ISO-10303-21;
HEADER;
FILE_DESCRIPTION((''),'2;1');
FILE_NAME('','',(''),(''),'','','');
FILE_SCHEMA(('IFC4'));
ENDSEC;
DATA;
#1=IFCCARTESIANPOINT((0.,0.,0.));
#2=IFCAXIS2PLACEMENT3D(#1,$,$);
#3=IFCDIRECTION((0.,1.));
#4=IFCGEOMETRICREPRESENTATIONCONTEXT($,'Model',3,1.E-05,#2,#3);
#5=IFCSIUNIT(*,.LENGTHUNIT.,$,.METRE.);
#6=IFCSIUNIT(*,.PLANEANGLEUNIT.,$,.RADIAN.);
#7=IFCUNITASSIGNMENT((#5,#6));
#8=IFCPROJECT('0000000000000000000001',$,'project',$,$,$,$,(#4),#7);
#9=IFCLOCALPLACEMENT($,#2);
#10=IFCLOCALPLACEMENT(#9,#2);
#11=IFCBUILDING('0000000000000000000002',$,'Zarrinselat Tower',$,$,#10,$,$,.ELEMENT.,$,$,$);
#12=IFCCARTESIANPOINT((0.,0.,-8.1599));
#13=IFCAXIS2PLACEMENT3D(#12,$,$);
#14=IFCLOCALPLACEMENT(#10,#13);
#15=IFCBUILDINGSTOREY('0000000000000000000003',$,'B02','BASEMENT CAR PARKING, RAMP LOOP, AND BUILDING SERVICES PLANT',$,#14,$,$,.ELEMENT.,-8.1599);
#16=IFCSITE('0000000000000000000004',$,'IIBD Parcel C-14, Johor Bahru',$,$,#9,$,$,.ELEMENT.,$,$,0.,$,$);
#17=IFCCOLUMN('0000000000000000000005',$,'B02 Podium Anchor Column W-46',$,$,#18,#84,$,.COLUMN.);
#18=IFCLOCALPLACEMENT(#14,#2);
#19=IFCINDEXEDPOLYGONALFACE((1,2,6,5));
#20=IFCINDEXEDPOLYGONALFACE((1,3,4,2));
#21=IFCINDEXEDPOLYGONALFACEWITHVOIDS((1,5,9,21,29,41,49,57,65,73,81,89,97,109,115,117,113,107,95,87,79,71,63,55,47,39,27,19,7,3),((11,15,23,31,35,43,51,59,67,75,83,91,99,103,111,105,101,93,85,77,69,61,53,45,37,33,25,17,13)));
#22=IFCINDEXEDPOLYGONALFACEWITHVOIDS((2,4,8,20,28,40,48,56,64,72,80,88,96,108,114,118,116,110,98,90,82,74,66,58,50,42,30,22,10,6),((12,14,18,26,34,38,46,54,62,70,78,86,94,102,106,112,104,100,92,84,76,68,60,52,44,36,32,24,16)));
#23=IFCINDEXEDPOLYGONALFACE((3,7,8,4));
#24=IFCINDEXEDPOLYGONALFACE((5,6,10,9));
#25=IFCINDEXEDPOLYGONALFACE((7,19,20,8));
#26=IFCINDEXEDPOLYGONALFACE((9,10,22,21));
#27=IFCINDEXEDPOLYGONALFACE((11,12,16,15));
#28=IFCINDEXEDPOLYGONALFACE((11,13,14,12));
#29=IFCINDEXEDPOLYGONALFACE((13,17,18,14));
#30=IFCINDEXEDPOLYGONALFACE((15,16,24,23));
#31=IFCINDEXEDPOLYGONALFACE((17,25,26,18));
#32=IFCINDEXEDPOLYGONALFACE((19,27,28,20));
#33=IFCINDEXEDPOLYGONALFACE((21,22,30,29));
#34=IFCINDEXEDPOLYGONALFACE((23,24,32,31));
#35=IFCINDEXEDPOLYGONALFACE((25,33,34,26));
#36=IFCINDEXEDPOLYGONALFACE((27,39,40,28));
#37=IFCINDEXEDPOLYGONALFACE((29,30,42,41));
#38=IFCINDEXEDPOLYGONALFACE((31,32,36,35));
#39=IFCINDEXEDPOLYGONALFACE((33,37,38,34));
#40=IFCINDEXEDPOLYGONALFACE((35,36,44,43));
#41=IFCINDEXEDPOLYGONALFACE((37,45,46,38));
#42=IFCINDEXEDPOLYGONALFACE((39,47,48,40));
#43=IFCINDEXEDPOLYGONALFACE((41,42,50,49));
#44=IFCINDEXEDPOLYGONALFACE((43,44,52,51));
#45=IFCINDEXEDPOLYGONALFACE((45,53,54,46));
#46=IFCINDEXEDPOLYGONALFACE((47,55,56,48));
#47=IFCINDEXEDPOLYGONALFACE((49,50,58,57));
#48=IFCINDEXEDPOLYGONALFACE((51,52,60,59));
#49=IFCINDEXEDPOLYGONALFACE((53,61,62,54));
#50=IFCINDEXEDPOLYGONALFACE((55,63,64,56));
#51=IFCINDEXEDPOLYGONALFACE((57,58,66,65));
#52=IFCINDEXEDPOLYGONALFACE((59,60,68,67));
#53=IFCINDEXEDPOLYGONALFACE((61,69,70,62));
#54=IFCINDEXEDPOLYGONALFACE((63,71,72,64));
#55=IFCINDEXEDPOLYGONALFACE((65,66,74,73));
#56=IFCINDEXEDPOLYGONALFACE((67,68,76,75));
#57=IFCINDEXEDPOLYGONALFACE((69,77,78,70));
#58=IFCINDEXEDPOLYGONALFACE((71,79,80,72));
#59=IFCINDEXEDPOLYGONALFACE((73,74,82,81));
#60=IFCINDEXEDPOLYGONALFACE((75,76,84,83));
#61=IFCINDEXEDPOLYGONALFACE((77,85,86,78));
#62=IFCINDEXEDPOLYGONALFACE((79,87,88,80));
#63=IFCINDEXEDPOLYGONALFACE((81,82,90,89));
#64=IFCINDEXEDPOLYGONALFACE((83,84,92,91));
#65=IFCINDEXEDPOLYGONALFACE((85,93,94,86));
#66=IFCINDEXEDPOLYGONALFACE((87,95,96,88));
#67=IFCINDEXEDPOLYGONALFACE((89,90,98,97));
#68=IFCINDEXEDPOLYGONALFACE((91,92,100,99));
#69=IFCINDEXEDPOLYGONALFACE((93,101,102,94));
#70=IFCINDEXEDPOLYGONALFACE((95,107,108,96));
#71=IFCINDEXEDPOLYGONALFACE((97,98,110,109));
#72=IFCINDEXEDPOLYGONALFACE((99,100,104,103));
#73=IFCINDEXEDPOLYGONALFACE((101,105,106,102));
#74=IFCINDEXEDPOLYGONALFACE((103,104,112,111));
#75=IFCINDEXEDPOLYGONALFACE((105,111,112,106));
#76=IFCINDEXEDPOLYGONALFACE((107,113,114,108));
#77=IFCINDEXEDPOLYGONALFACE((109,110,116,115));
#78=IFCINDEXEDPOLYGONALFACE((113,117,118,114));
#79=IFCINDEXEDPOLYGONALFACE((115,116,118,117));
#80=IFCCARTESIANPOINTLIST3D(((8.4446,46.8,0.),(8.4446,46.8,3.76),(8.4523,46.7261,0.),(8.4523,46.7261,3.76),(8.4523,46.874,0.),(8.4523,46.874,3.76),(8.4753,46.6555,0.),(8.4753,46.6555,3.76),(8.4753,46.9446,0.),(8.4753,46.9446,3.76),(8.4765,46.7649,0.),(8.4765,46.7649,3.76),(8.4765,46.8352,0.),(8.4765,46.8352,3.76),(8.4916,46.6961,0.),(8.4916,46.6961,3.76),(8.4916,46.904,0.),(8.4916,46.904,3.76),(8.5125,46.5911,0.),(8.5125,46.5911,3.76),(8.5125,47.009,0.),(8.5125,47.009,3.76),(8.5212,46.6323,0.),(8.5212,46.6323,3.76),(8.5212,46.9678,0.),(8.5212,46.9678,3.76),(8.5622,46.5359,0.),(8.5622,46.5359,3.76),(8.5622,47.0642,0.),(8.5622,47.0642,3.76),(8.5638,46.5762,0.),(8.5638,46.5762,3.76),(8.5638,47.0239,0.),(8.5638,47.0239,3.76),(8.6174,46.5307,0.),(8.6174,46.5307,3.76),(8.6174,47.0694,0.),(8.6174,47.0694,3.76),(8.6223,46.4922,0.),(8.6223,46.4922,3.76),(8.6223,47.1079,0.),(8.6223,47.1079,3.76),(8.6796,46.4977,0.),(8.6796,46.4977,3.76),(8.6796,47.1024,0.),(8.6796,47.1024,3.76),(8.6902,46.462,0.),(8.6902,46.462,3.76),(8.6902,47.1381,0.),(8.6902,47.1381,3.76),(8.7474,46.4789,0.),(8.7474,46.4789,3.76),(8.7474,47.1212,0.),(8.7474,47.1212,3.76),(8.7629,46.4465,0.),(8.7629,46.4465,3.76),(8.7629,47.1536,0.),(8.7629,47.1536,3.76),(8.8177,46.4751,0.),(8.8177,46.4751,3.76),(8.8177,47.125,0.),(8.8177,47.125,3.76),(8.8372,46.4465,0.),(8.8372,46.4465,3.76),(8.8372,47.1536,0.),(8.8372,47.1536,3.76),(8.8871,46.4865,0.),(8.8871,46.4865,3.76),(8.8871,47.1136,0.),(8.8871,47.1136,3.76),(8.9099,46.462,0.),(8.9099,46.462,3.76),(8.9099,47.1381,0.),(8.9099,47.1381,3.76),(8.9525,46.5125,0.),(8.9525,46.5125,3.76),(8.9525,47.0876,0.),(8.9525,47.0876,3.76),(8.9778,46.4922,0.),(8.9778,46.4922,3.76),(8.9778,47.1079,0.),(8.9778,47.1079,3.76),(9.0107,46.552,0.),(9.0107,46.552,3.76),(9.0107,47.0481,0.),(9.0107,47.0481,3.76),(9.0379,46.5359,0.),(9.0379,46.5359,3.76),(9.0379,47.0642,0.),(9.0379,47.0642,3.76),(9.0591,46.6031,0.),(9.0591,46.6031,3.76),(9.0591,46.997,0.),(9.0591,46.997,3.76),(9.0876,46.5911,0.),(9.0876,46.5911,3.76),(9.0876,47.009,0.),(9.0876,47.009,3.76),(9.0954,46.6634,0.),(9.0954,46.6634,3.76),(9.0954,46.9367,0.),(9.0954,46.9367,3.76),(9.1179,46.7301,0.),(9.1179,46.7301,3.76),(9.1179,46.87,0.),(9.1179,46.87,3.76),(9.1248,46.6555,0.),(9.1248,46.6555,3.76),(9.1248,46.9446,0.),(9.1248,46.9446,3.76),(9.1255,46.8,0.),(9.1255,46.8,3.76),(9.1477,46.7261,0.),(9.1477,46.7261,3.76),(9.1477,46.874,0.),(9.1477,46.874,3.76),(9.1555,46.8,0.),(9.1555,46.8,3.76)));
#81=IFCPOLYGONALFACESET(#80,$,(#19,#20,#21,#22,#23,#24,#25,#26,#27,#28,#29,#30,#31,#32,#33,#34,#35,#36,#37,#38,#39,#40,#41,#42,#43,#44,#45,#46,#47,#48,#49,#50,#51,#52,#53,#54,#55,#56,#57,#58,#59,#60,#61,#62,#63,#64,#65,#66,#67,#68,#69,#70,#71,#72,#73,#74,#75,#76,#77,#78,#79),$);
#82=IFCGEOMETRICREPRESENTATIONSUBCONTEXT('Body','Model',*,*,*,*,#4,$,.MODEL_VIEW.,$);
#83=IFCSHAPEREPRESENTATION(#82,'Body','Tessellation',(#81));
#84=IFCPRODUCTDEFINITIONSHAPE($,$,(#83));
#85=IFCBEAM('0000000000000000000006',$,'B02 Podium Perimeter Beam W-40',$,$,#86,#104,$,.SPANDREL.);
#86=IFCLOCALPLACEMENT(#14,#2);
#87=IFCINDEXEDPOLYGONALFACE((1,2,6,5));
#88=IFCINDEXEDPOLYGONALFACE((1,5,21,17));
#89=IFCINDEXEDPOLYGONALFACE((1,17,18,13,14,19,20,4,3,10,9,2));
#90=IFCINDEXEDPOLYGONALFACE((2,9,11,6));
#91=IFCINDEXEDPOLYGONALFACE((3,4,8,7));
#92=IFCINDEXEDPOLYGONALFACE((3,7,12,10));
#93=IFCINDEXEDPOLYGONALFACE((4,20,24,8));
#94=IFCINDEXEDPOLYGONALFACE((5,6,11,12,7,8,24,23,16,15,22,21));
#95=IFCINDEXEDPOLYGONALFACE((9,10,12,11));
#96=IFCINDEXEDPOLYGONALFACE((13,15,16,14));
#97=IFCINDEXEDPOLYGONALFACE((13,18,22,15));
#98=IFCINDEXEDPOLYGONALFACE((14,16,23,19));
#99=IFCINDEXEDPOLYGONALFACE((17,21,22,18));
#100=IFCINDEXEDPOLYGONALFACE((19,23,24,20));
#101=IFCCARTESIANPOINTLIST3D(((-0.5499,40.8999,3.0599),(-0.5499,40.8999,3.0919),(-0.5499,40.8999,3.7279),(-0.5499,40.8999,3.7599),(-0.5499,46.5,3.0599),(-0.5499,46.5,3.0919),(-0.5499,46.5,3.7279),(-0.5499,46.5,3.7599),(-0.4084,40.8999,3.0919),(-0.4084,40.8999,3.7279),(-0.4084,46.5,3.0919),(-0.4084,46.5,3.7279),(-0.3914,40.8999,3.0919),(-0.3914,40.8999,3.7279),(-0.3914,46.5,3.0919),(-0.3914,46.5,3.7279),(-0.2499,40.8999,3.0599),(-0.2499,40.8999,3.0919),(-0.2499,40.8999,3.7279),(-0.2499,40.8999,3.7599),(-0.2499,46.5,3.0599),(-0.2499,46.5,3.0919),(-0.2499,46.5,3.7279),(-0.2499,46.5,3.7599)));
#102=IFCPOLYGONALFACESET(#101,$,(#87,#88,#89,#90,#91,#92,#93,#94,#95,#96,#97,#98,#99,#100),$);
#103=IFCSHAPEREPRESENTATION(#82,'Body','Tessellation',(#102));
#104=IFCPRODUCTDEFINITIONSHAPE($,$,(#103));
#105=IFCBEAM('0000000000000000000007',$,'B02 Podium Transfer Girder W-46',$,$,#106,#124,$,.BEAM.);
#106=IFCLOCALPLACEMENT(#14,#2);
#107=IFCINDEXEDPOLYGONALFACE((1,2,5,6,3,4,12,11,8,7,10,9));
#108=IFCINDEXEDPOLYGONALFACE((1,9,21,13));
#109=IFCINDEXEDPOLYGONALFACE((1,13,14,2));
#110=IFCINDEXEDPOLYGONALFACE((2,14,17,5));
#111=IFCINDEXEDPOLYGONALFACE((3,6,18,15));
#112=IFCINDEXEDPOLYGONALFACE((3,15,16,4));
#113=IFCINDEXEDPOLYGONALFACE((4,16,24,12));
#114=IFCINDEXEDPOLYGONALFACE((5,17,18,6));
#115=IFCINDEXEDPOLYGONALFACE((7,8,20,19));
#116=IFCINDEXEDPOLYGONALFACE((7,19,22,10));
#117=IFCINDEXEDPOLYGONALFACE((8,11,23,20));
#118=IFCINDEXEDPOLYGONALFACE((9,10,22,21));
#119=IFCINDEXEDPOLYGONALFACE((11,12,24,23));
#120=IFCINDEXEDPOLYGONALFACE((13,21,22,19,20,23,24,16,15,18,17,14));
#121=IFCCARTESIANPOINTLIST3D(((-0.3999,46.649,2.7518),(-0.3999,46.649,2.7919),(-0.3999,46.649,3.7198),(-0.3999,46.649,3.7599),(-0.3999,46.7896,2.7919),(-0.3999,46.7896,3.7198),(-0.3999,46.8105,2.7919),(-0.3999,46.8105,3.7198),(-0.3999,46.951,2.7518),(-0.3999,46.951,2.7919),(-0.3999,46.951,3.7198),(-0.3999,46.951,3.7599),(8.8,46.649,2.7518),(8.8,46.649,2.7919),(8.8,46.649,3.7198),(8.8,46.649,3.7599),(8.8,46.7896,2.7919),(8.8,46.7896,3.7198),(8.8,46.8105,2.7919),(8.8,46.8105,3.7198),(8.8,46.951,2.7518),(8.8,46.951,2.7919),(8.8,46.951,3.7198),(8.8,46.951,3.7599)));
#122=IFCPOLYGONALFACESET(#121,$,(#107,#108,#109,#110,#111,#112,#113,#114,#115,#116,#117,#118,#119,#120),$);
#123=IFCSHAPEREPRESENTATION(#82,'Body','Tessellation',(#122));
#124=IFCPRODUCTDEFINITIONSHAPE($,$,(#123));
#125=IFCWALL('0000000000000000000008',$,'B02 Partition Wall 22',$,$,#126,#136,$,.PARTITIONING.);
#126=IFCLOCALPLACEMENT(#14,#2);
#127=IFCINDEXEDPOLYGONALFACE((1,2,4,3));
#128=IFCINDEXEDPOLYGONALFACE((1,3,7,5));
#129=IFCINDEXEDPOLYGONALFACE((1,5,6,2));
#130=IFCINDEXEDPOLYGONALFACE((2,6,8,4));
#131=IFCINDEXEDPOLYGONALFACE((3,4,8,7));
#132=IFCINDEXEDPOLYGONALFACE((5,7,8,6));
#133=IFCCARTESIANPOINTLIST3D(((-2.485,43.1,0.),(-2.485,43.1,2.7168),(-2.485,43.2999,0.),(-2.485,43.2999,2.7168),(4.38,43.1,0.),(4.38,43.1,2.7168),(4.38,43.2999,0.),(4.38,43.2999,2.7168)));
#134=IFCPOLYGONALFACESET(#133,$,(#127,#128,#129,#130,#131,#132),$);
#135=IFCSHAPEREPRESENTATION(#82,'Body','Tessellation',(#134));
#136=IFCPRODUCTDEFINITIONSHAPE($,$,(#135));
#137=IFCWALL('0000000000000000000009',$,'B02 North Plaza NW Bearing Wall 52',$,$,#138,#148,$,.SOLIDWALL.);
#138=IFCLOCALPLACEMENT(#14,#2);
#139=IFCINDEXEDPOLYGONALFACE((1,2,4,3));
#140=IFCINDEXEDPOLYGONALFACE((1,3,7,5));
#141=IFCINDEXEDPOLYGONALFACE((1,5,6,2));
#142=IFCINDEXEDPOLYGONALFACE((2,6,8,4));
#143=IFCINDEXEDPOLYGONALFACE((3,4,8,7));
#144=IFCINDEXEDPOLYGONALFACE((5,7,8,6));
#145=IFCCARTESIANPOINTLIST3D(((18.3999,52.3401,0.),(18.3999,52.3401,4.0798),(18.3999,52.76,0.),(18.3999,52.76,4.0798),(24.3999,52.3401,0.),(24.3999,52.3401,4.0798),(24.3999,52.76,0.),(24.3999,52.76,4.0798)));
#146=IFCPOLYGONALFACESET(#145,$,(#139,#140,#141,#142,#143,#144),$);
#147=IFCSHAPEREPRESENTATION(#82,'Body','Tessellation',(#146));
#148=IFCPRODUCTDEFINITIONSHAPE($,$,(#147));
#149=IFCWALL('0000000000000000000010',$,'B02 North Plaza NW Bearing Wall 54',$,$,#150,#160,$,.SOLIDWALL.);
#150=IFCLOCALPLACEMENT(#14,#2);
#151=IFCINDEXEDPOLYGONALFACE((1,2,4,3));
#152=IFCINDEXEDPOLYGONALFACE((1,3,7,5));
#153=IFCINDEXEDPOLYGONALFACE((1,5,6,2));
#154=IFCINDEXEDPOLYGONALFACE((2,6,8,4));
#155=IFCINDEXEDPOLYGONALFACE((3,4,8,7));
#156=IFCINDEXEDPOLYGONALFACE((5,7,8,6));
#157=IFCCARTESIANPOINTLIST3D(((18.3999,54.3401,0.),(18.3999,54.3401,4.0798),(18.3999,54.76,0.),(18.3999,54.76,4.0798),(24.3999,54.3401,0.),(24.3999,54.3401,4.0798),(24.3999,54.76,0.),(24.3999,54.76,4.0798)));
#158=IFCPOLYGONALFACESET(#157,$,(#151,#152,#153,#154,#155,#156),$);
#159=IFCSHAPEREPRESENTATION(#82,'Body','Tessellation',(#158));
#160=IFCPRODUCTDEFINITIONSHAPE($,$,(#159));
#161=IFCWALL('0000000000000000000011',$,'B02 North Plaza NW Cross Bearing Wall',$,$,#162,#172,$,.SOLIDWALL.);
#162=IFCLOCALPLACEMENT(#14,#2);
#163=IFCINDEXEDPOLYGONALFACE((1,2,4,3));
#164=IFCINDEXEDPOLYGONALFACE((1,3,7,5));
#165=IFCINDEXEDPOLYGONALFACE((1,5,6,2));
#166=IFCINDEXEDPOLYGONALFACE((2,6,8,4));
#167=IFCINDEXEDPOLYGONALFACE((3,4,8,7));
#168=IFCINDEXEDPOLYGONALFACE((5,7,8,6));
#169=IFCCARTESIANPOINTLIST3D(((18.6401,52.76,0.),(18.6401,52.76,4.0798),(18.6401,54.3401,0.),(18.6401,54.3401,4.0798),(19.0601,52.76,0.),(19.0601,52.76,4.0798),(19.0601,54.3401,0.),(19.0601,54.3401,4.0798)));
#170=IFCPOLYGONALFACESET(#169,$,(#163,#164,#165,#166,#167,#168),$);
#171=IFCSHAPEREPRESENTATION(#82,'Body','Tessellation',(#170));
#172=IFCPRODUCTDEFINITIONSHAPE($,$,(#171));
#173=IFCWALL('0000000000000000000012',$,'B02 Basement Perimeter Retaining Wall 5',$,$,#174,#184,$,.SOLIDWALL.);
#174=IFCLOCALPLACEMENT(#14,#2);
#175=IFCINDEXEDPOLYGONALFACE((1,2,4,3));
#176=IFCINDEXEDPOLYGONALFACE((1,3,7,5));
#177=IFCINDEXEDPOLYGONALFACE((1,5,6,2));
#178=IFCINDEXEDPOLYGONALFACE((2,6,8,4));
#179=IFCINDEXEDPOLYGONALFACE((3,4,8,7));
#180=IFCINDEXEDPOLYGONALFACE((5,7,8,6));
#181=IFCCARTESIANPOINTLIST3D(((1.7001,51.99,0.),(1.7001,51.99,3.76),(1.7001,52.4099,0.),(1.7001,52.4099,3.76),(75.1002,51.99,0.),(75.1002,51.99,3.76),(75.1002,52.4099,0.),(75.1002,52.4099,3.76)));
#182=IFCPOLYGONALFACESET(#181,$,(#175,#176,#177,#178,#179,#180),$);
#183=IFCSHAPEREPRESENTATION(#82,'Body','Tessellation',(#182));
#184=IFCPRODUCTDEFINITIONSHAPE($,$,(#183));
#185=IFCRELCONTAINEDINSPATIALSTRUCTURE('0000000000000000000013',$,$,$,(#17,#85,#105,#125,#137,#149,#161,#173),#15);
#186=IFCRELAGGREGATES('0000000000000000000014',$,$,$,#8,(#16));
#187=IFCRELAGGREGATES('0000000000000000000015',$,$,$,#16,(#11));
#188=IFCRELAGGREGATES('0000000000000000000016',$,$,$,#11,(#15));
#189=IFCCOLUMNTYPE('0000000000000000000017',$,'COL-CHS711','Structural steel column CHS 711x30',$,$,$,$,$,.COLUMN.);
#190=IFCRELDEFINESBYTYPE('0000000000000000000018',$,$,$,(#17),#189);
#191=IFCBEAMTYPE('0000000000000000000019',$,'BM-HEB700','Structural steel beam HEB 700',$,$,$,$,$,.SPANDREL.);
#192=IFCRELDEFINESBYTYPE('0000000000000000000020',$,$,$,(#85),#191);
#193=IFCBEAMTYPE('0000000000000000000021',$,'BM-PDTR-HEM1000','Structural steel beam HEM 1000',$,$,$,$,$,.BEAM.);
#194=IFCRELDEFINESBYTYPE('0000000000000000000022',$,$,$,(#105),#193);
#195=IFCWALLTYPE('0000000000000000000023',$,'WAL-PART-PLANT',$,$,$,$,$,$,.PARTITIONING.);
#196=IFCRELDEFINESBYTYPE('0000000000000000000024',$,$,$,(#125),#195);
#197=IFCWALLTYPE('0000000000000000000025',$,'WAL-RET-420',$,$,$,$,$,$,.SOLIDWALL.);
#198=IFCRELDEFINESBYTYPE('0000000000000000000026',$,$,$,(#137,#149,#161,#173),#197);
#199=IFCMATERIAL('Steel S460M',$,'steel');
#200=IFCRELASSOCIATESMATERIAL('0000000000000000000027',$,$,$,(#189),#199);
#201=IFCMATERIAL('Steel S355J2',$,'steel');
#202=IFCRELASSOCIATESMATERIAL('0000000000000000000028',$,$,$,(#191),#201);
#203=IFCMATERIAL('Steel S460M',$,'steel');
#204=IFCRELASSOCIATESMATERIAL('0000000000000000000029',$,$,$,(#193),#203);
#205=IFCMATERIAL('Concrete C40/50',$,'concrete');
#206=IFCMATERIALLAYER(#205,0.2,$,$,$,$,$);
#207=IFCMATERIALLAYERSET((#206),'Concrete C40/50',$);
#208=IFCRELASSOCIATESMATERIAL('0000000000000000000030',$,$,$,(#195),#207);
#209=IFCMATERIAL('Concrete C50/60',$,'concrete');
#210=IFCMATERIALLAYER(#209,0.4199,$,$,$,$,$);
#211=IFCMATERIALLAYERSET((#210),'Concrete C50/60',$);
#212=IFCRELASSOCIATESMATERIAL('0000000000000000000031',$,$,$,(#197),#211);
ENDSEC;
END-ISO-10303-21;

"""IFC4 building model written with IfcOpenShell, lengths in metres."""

from ifc_helpers import new_model, si_unit, direction, frame, frame_2d, origin, origin_2d, place, context, subcontext, project, spatial, rectangle, hollow_circle, i_section, extrude, material, layer, layer_set, material_profile, profile_set, type_object, element, save


model = new_model("IFC4")

# Units and contexts
model_context = context("Model", 3, precision=1e-05, world=origin(), true_north=direction((0.0, 1.0)))
body_context = subcontext(model_context, "Body", "Model", "MODEL_VIEW")
ifc_project = project(units=[si_unit("LENGTHUNIT", "METRE"), si_unit("PLANEANGLEUNIT", "RADIAN")], contexts=[model_context])

# Site, building, storey
site_placement = place(None, origin())
site = spatial("IfcSite", under=ifc_project, at=site_placement, Name="IIBD Parcel C-14, Johor Bahru", CompositionType="ELEMENT", RefElevation=0.0)
building_placement = place(site_placement, origin())
building = spatial("IfcBuilding", under=site, at=building_placement, Name="Zarrinselat Tower", CompositionType="ELEMENT")
storey_placement = place(building_placement, frame((0.0, 0.0, -8.1599)))
storey = spatial("IfcBuildingStorey", under=building, at=storey_placement, Name="B02", Description="BASEMENT CAR PARKING, RAMP LOOP, AND BUILDING SERVICES PLANT", CompositionType="ELEMENT", Elevation=-8.1599)

# Column
ifc_material_1 = material(Name="Steel S460M", Category="steel")
ifc_material_profile_1 = material_profile(ifc_material_1, hollow_circle(Radius=0.3555, WallThickness=0.03, at=origin_2d()), Name="CHS 711x30")
ifc_profile_set_1 = profile_set([ifc_material_profile_1], Name="Steel S460M")
column_type_1 = type_object("IfcColumnType", Name="COL-CHS711", Description="Structural steel column CHS 711x30", PredefinedType="COLUMN", material=ifc_profile_set_1)
for number, where, z_axis, x_axis, name in (
    (1, (8.8, 46.8, 0.0), (0.0, 0.0, 1.0), (1.0, 0.0, 0.0), "B02 Podium Anchor Column W-46"),
):
    element("IfcColumn", number, at=place(storey_placement, frame(where, z_axis=z_axis, x_axis=x_axis)), inside=storey, type_object=column_type_1, Name=name, PredefinedType="COLUMN", context=body_context, shape_type="SweptSolid", body=[
        extrude(hollow_circle(Radius=0.3555, WallThickness=0.03, at=origin_2d()), origin(), (0.0, 0.0, 1.0), 3.76),
    ])

# Beams
ifc_material_2 = material(Name="Steel S355J2", Category="steel")
ifc_material_profile_2 = material_profile(ifc_material_2, i_section(OverallWidth=0.3, OverallDepth=0.7, WebThickness=0.0171, FlangeThickness=0.032, at=origin_2d()), Name="HEB 700")
ifc_profile_set_2 = profile_set([ifc_material_profile_2], Name="Steel S355J2")
beam_type_1 = type_object("IfcBeamType", Name="BM-HEB700", Description="Structural steel beam HEB 700", PredefinedType="SPANDREL", material=ifc_profile_set_2)
beam_1_placement = place(storey_placement, frame((-0.3999, 40.8999, 3.4099), z_axis=(0.0, 1.0, 0.0), x_axis=(-1.0, 0.0, 0.0)))
element("IfcBeam", 2, at=beam_1_placement, inside=storey, type_object=beam_type_1, Name="B02 Podium Perimeter Beam W-40", PredefinedType="SPANDREL", context=body_context, shape_type="SweptSolid", body=[
    extrude(i_section(OverallWidth=0.3, OverallDepth=0.7, WebThickness=0.0171, FlangeThickness=0.032, at=origin_2d()), origin(), (0.0, 0.0, 1.0), 5.6001),
])
ifc_material_3 = material(Name="Steel S460M", Category="steel")
ifc_material_profile_3 = material_profile(ifc_material_3, i_section(OverallWidth=0.302, OverallDepth=1.0081, WebThickness=0.021, FlangeThickness=0.04, at=origin_2d()), Name="HEM 1000")
ifc_profile_set_3 = profile_set([ifc_material_profile_3], Name="Steel S460M")
beam_type_2 = type_object("IfcBeamType", Name="BM-PDTR-HEM1000", Description="Structural steel beam HEM 1000", PredefinedType="BEAM", material=ifc_profile_set_3)
beam_2_placement = place(storey_placement, frame((-0.3999, 46.8, 3.2559), z_axis=(1.0, 0.0, 0.0), x_axis=(0.0, 1.0, 0.0)))
element("IfcBeam", 3, at=beam_2_placement, inside=storey, type_object=beam_type_2, Name="B02 Podium Transfer Girder W-46", PredefinedType="BEAM", context=body_context, shape_type="SweptSolid", body=[
    extrude(i_section(OverallWidth=0.302, OverallDepth=1.0081, WebThickness=0.021, FlangeThickness=0.04, at=origin_2d()), origin(), (0.0, 0.0, 1.0), 9.2),
])

# Walls
ifc_material_4 = material(Name="Concrete C40/50", Category="concrete")
ifc_layer_1 = layer(ifc_material_4, 0.2)
ifc_layer_set_1 = layer_set([ifc_layer_1], Name="Concrete C40/50")
wall_type_1 = type_object("IfcWallType", Name="WAL-PART-PLANT", PredefinedType="PARTITIONING", material=ifc_layer_set_1)
wall_1_placement = place(storey_placement, frame((-2.4851, 43.2, 0.0), z_axis=(0.0, 0.0, 1.0), x_axis=(1.0, 0.0, 0.0)))
element("IfcWall", 4, at=wall_1_placement, inside=storey, type_object=wall_type_1, Name="B02 Partition Wall 22", PredefinedType="PARTITIONING", context=body_context, shape_type="SweptSolid", body=[
    extrude(rectangle(XDim=6.865, YDim=0.2, at=frame_2d((3.4326, 0.0))), origin(), (0.0, 0.0, 1.0), 2.7168),
])
ifc_material_5 = material(Name="Concrete C50/60", Category="concrete")
ifc_layer_2 = layer(ifc_material_5, 0.4199)
ifc_layer_set_2 = layer_set([ifc_layer_2], Name="Concrete C50/60")
wall_type_2 = type_object("IfcWallType", Name="WAL-RET-420", PredefinedType="SOLIDWALL", material=ifc_layer_set_2)
for number, where, z_axis, x_axis, name in (
    (5, (18.3999, 52.55, 0.0), (0.0, 0.0, 1.0), (1.0, 0.0, 0.0), "B02 North Plaza NW Bearing Wall 52"),
    (6, (18.3999, 54.55, 0.0), (0.0, 0.0, 1.0), (1.0, 0.0, 0.0), "B02 North Plaza NW Bearing Wall 54"),
):
    element("IfcWall", number, at=place(storey_placement, frame(where, z_axis=z_axis, x_axis=x_axis)), inside=storey, type_object=wall_type_2, Name=name, PredefinedType="SOLIDWALL", context=body_context, shape_type="SweptSolid", body=[
        extrude(rectangle(XDim=6.0, YDim=0.4199, at=frame_2d((3.0, 0.0))), origin(), (0.0, 0.0, 1.0), 4.0798),
    ])
wall_2_placement = place(storey_placement, frame((18.8501, 52.76, 0.0), z_axis=(0.0, 0.0, 1.0), x_axis=(0.0, 1.0, 0.0)))
element("IfcWall", 7, at=wall_2_placement, inside=storey, type_object=wall_type_2, Name="B02 North Plaza NW Cross Bearing Wall", PredefinedType="SOLIDWALL", context=body_context, shape_type="SweptSolid", body=[
    extrude(rectangle(XDim=1.5801, YDim=0.4199, at=frame_2d((0.79, 0.0))), origin(), (0.0, 0.0, 1.0), 4.0798),
])
wall_3_placement = place(storey_placement, frame((1.7, 52.2, 0.0), z_axis=(0.0, 0.0, 1.0), x_axis=(1.0, 0.0, 0.0)))
element("IfcWall", 8, at=wall_3_placement, inside=storey, type_object=wall_type_2, Name="B02 Basement Perimeter Retaining Wall 5", PredefinedType="SOLIDWALL", context=body_context, shape_type="SweptSolid", body=[
    extrude(rectangle(XDim=73.4001, YDim=0.4199, at=frame_2d((36.7002, 0.0))), origin(), (0.0, 0.0, 1.0), 3.76),
])

save(model, "model.ifc")
